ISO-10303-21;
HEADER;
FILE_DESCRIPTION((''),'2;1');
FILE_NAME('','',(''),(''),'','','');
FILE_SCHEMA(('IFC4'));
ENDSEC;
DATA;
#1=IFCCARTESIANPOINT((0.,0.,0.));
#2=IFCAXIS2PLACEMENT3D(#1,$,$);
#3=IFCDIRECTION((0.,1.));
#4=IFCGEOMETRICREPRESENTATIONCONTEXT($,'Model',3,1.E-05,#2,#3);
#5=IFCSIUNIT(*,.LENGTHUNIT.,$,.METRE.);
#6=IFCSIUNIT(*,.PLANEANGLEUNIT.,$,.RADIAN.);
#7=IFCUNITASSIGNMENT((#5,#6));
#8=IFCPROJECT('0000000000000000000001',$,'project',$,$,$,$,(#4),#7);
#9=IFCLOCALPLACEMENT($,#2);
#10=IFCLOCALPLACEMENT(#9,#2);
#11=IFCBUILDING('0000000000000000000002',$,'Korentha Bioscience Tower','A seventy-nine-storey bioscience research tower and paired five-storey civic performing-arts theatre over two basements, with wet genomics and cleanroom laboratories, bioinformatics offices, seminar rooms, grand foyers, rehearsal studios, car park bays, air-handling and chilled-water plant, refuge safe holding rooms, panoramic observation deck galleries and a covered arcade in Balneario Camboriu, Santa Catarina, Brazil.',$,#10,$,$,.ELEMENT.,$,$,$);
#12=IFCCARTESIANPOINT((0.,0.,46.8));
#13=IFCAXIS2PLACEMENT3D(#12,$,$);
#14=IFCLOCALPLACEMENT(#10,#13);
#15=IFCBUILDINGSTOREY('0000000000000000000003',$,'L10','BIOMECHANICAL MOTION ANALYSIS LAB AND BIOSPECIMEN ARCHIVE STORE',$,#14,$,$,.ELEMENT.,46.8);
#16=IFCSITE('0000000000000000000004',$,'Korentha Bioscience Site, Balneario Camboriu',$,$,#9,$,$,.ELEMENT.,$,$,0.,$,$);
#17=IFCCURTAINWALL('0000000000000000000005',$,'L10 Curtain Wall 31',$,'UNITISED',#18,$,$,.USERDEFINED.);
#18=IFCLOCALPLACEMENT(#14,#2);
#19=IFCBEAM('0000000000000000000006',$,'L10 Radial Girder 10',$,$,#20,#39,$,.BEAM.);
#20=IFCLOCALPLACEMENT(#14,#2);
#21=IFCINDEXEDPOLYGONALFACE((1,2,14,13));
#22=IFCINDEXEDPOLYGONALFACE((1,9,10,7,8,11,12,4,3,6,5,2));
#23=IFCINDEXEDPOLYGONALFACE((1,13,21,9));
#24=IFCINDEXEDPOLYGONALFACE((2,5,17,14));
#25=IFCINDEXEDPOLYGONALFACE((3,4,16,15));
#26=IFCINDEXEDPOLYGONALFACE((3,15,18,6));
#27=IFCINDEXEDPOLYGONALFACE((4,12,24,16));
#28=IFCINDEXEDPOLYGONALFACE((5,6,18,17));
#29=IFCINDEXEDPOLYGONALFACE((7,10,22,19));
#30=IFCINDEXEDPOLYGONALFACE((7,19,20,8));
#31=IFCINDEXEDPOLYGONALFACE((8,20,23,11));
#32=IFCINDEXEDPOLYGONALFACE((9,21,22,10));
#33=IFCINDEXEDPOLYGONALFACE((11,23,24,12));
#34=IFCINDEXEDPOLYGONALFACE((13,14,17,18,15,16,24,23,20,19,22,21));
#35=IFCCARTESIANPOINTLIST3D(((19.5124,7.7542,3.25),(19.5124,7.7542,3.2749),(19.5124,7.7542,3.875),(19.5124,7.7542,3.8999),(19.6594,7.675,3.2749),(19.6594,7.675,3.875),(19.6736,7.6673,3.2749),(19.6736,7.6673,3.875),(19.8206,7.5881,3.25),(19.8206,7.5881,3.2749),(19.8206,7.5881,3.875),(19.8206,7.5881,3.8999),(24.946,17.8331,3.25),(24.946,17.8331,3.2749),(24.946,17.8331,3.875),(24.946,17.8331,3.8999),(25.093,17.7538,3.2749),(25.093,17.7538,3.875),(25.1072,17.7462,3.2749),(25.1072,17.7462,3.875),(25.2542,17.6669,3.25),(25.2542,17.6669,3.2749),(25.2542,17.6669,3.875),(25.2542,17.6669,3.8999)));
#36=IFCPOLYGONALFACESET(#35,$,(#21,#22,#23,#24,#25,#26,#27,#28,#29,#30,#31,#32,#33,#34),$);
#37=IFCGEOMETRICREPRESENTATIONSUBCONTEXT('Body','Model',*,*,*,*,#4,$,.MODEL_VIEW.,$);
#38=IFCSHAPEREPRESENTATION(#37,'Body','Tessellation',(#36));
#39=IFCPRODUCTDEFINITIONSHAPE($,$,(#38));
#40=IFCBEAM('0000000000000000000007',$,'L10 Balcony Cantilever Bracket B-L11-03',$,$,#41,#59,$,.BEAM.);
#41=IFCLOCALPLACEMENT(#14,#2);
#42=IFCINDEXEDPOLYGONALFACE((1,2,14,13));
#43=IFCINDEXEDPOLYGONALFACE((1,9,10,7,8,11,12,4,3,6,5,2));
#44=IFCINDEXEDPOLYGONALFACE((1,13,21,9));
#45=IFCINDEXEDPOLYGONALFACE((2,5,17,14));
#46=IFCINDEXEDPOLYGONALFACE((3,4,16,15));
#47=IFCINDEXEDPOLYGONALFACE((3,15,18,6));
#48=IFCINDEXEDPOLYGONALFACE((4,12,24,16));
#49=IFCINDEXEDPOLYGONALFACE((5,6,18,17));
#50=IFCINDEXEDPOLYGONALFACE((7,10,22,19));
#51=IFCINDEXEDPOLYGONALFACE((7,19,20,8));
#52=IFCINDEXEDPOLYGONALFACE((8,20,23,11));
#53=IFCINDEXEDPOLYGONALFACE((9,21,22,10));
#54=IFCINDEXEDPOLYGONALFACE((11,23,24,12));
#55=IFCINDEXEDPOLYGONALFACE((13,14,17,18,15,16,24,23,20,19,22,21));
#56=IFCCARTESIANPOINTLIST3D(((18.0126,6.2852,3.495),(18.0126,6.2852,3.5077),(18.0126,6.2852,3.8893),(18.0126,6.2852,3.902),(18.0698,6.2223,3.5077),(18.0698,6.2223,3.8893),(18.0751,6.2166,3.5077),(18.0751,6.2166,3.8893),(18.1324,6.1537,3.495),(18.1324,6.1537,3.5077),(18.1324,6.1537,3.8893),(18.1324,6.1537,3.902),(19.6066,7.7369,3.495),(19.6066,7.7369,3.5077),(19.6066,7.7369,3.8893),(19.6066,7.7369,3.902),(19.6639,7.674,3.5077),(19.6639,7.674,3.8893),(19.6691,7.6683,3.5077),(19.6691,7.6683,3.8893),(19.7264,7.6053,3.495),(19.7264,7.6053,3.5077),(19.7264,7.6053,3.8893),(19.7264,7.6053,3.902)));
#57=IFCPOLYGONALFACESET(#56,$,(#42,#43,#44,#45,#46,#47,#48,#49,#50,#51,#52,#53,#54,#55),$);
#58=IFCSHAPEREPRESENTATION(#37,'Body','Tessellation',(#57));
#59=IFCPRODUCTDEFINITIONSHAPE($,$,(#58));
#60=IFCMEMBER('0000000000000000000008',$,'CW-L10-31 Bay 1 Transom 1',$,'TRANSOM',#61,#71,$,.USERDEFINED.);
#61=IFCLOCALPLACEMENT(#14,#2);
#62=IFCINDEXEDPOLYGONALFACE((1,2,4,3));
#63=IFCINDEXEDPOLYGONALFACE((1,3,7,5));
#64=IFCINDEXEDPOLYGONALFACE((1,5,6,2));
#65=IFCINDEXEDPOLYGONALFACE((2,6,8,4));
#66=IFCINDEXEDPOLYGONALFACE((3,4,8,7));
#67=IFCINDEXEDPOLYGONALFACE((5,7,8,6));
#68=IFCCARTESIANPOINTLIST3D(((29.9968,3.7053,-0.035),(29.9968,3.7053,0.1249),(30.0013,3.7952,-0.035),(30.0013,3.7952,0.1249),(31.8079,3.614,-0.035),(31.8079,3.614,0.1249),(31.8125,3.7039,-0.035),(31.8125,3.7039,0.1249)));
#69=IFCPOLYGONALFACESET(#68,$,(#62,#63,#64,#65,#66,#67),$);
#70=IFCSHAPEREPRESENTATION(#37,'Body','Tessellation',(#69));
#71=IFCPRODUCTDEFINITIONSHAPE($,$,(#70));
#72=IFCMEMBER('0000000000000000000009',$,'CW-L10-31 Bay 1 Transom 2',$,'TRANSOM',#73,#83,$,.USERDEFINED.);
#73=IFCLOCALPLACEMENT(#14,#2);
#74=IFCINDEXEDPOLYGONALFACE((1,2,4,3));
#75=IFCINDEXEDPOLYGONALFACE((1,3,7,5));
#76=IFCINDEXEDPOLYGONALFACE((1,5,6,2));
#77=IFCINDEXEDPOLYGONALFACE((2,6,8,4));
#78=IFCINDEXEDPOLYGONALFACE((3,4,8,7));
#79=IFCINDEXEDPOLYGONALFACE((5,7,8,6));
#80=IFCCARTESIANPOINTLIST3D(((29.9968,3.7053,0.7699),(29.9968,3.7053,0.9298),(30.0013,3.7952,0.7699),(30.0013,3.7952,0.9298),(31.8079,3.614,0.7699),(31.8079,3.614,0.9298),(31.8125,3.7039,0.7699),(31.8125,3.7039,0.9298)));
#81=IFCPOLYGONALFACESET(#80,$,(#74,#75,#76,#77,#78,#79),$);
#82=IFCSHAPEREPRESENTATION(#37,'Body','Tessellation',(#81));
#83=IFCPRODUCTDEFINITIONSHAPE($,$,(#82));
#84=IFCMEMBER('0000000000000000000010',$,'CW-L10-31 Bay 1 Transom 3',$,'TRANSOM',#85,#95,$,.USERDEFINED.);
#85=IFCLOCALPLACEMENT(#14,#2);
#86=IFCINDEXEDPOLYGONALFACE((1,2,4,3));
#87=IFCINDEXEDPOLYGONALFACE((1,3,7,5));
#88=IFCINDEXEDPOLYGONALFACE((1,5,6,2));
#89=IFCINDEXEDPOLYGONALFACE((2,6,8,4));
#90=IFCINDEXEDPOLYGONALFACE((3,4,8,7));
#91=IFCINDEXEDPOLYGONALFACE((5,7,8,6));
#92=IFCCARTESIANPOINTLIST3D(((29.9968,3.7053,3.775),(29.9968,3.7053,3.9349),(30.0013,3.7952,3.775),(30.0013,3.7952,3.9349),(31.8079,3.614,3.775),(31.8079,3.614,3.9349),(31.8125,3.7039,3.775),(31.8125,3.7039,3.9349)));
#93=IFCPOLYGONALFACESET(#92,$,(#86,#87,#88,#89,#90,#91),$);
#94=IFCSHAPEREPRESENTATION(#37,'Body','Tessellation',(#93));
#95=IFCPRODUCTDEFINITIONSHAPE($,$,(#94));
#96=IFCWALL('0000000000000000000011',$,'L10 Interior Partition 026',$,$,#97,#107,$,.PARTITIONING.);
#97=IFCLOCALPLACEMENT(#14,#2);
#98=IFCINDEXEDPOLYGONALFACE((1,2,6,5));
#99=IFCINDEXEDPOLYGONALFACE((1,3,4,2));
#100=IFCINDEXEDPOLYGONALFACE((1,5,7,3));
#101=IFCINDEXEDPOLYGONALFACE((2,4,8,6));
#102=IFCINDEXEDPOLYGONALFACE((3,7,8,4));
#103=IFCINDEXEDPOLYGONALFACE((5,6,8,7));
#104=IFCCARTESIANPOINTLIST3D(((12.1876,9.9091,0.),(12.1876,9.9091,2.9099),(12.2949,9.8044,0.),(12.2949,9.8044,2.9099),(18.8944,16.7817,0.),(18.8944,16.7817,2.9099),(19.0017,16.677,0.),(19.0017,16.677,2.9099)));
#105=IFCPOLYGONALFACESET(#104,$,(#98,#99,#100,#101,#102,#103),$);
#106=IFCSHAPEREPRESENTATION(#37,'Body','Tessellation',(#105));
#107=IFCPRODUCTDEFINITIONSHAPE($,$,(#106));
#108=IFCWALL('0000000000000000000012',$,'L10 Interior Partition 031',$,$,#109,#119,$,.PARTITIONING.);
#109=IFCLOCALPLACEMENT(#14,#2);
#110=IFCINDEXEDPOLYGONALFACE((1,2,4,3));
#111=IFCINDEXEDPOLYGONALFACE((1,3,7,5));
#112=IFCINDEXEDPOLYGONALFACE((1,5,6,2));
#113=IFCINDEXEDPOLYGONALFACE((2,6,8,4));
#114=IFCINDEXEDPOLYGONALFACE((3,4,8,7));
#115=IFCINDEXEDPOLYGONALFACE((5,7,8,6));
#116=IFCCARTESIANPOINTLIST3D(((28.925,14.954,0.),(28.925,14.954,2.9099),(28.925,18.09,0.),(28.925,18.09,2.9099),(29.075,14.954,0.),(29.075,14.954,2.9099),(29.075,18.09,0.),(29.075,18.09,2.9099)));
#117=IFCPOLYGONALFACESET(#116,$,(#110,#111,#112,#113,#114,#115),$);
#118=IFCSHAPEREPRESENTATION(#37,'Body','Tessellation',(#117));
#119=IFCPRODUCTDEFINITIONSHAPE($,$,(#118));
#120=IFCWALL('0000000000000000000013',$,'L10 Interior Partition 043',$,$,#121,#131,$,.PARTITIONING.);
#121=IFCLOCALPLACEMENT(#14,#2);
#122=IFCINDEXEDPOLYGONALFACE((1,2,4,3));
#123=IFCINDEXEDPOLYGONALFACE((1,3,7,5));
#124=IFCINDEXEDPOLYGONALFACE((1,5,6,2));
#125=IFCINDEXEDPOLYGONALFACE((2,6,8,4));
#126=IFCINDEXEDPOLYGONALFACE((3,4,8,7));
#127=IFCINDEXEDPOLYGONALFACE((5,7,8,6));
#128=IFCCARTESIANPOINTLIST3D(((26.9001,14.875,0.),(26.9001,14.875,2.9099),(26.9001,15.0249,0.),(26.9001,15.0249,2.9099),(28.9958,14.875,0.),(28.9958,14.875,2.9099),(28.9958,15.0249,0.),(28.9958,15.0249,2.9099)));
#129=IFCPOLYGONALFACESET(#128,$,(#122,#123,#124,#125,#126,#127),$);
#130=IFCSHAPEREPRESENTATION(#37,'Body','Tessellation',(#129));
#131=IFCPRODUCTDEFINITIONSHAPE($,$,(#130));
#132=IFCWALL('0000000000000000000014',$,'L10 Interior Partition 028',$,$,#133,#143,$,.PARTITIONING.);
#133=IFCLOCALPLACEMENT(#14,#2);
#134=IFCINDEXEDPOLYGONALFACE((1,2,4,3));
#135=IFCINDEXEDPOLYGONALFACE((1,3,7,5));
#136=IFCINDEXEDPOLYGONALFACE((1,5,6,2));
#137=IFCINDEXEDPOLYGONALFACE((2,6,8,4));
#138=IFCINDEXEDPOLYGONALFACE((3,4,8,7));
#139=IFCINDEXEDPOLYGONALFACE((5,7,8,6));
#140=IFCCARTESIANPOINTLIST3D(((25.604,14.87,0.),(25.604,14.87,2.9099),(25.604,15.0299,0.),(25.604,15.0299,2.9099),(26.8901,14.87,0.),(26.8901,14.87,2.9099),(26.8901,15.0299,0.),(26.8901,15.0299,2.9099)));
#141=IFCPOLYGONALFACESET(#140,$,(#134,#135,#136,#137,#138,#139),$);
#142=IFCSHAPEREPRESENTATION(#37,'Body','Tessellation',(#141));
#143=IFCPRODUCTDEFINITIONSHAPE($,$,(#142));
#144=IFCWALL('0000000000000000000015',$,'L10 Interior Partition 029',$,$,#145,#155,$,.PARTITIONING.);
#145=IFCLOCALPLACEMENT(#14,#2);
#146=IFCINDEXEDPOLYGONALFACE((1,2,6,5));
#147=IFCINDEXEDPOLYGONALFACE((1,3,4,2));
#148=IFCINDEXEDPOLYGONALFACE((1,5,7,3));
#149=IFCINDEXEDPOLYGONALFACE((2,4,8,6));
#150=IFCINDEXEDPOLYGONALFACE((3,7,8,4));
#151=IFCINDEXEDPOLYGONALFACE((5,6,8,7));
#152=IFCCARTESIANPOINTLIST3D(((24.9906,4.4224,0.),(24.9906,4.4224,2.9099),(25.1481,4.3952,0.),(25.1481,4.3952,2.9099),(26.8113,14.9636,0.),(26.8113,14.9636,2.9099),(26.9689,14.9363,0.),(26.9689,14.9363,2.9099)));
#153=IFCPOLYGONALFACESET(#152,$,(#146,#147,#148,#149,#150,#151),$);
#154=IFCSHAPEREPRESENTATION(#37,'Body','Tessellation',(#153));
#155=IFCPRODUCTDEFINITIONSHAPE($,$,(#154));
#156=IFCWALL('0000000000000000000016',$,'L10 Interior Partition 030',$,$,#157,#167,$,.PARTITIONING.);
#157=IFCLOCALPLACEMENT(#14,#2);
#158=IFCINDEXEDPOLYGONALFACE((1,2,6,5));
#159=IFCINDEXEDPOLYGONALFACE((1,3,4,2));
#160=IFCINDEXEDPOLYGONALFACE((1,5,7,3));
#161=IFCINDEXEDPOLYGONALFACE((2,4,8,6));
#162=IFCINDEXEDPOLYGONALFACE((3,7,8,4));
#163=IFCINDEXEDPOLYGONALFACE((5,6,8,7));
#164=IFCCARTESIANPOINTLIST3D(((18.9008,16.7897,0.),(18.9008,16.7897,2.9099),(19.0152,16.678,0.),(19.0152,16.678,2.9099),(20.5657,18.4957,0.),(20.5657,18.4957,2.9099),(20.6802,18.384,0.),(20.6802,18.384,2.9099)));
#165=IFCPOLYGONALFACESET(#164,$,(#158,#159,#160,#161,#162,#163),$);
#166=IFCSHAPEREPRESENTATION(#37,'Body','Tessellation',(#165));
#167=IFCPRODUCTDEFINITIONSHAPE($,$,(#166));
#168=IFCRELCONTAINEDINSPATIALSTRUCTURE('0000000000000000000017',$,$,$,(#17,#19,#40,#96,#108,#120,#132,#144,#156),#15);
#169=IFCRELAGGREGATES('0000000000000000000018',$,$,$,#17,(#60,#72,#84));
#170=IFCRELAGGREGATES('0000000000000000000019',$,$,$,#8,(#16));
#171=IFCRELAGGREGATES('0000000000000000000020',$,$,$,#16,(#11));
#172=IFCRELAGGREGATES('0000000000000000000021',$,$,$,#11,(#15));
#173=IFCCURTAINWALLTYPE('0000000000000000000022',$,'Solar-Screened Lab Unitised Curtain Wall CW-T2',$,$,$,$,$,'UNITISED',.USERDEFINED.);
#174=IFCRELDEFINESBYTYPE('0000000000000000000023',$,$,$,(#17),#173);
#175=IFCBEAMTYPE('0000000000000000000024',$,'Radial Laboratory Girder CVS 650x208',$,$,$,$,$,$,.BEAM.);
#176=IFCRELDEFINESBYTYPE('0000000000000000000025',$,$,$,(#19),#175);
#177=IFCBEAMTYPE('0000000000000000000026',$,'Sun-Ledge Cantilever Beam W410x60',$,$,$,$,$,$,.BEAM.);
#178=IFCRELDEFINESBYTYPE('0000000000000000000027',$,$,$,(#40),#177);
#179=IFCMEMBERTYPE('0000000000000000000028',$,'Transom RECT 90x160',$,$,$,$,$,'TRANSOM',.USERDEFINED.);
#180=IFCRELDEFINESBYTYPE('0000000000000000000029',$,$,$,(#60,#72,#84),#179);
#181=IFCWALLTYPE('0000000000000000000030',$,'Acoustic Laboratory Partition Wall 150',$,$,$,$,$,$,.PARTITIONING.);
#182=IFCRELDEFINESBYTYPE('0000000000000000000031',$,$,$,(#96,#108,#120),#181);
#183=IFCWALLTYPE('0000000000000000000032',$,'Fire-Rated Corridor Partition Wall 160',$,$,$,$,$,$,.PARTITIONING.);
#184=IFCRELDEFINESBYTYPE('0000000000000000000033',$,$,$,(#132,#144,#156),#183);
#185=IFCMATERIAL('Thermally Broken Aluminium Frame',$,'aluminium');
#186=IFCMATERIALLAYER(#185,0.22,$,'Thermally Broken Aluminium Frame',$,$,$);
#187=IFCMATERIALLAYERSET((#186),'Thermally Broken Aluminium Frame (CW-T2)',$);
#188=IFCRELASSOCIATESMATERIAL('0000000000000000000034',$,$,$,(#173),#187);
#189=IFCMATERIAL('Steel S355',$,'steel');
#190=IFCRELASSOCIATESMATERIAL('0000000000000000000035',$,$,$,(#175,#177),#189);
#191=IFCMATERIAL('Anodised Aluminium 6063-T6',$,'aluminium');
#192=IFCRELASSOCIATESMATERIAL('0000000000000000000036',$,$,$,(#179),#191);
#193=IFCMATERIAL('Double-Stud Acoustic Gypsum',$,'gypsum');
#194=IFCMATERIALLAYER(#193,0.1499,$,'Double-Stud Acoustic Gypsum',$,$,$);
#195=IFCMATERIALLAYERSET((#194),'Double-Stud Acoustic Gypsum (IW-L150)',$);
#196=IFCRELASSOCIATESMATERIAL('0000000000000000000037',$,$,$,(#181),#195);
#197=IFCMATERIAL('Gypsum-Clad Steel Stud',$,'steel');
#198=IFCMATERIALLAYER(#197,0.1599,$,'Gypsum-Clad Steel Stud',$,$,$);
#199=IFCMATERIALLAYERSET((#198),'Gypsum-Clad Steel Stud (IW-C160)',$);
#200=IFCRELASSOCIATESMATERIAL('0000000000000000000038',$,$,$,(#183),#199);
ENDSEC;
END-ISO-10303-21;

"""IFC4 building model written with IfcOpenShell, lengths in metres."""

from ifc_helpers import new_model, si_unit, direction, frame, frame_2d, origin, origin_2d, place, context, subcontext, project, spatial, rectangle, i_section, extrude, material, layer, layer_set, material_profile, profile_set, type_object, element, aggregate, save


model = new_model("IFC4")

# Units and contexts
model_context = context("Model", 3, precision=1e-05, world=origin(), true_north=direction((0.0, 1.0)))
body_context = subcontext(model_context, "Body", "Model", "MODEL_VIEW")
ifc_project = project(units=[si_unit("LENGTHUNIT", "METRE"), si_unit("PLANEANGLEUNIT", "RADIAN")], contexts=[model_context])

# Site, building, storey
site_placement = place(None, origin())
site = spatial("IfcSite", under=ifc_project, at=site_placement, Name="Korentha Bioscience Site, Balneario Camboriu", CompositionType="ELEMENT", RefElevation=0.0)
building_placement = place(site_placement, origin())
building = spatial("IfcBuilding", under=site, at=building_placement, Name="Korentha Bioscience Tower", Description="A seventy-nine-storey bioscience research tower and paired five-storey civic performing-arts theatre over two basements, with wet genomics and cleanroom laboratories, bioinformatics offices, seminar rooms, grand foyers, rehearsal studios, car park bays, air-handling and chilled-water plant, refuge safe holding rooms, panoramic observation deck galleries and a covered arcade in Balneario Camboriu, Santa Catarina, Brazil.", CompositionType="ELEMENT")
storey_placement = place(building_placement, frame((0.0, 0.0, 46.8)))
storey = spatial("IfcBuildingStorey", under=building, at=storey_placement, Name="L10", Description="BIOMECHANICAL MOTION ANALYSIS LAB AND BIOSPECIMEN ARCHIVE STORE", CompositionType="ELEMENT", Elevation=46.8)

# Curtain wall
ifc_material_1 = material(Name="Thermally Broken Aluminium Frame", Category="aluminium")
ifc_layer_1 = layer(ifc_material_1, 0.22, Name="Thermally Broken Aluminium Frame")
ifc_layer_set_1 = layer_set([ifc_layer_1], Name="Thermally Broken Aluminium Frame (CW-T2)")
curtain_wall_type = type_object("IfcCurtainWallType", Name="Solar-Screened Lab Unitised Curtain Wall CW-T2", ElementType="UNITISED", PredefinedType="USERDEFINED", material=ifc_layer_set_1)
curtain_wall_placement = place(storey_placement, origin())
curtain_wall = element("IfcCurtainWall", 1, at=curtain_wall_placement, inside=storey, type_object=curtain_wall_type, Name="L10 Curtain Wall 31", ObjectType="UNITISED", PredefinedType="USERDEFINED")
ifc_material_2 = material(Name="Anodised Aluminium 6063-T6", Category="aluminium")

# Beams
ifc_material_3 = material(Name="Steel S355", Category="steel")
ifc_material_profile_1 = material_profile(ifc_material_3, i_section(OverallWidth=0.3501, OverallDepth=0.6499, WebThickness=0.0161, FlangeThickness=0.0249, at=origin_2d()), Name="Steel S355")
ifc_profile_set_1 = profile_set([ifc_material_profile_1], Name="Steel S355 (RB-650)")
beam_type_1 = type_object("IfcBeamType", Name="Radial Laboratory Girder CVS 650x208", PredefinedType="BEAM", material=ifc_profile_set_1)
beam_1_placement = place(storey_placement, frame((25.1001, 17.75, 3.575), z_axis=(-0.474541, -0.880233, 0.0), x_axis=(0.880233, -0.474541, 0.0)))
element("IfcBeam", 2, at=beam_1_placement, inside=storey, type_object=beam_type_1, Name="L10 Radial Girder 10", PredefinedType="BEAM", context=body_context, shape_type="SweptSolid", body=[
    extrude(i_section(OverallWidth=0.3501, OverallDepth=0.6499, WebThickness=0.0161, FlangeThickness=0.0249, at=origin_2d()), origin(), (0.0, 0.0, 1.0), 11.4502),
])
ifc_material_profile_2 = material_profile(ifc_material_3, i_section(OverallWidth=0.178, OverallDepth=0.407, WebThickness=0.0078, FlangeThickness=0.0127, at=origin_2d()), Name="Steel S355")
ifc_profile_set_2 = profile_set([ifc_material_profile_2], Name="Steel S355 (CB-410)")
beam_type_2 = type_object("IfcBeamType", Name="Sun-Ledge Cantilever Beam W410x60", PredefinedType="BEAM", material=ifc_profile_set_2)
beam_2_placement = place(storey_placement, frame((19.6665, 7.6711, 3.6985), z_axis=(-0.739345, -0.673326, 0.0), x_axis=(0.673326, -0.739345, 0.0)))
element("IfcBeam", 3, at=beam_2_placement, inside=storey, type_object=beam_type_2, Name="L10 Balcony Cantilever Bracket B-L11-03", PredefinedType="BEAM", context=body_context, shape_type="SweptSolid", body=[
    extrude(i_section(OverallWidth=0.178, OverallDepth=0.407, WebThickness=0.0078, FlangeThickness=0.0127, at=origin_2d()), origin(), (0.0, 0.0, 1.0), 2.156),
])

# Members
ifc_material_profile_3 = material_profile(ifc_material_2, rectangle(XDim=0.0901, YDim=0.1599, at=origin_2d()), Name="Anodised Aluminium 6063-T6")
ifc_profile_set_3 = profile_set([ifc_material_profile_3], Name="Anodised Aluminium 6063-T6 (CW-TRN)")
member_type_1 = type_object("IfcMemberType", Name="Transom RECT 90x160", ElementType="TRANSOM", PredefinedType="USERDEFINED", material=ifc_profile_set_3)
member_1_placement = place(storey_placement, frame((29.999, 3.7502, 0.0449), z_axis=(0.998732, -0.050347, 0.0), x_axis=(0.050347, 0.998732, 0.0)))
member_1 = element("IfcMember", 4, at=member_1_placement, type_object=member_type_1, Name="CW-L10-31 Bay 1 Transom 1", ObjectType="TRANSOM", PredefinedType="USERDEFINED", context=body_context, shape_type="SweptSolid", body=[
    extrude(rectangle(XDim=0.0901, YDim=0.1599, at=origin_2d()), origin(), (0.0, 0.0, 1.0), 1.8135),
])
member_2_placement = place(storey_placement, frame((29.999, 3.7502, 0.8499), z_axis=(0.998732, -0.050347, 0.0), x_axis=(0.050347, 0.998732, 0.0)))
member_2 = element("IfcMember", 5, at=member_2_placement, type_object=member_type_1, Name="CW-L10-31 Bay 1 Transom 2", ObjectType="TRANSOM", PredefinedType="USERDEFINED", context=body_context, shape_type="SweptSolid", body=[
    extrude(rectangle(XDim=0.0901, YDim=0.1599, at=origin_2d()), origin(), (0.0, 0.0, 1.0), 1.8135),
])
member_3_placement = place(storey_placement, frame((29.999, 3.7502, 3.855), z_axis=(0.998732, -0.050347, 0.0), x_axis=(0.050347, 0.998732, 0.0)))
member_3 = element("IfcMember", 6, at=member_3_placement, type_object=member_type_1, Name="CW-L10-31 Bay 1 Transom 3", ObjectType="TRANSOM", PredefinedType="USERDEFINED", context=body_context, shape_type="SweptSolid", body=[
    extrude(rectangle(XDim=0.0901, YDim=0.1599, at=origin_2d()), origin(), (0.0, 0.0, 1.0), 1.8135),
])
aggregate(curtain_wall, [member_1, member_2, member_3])

# Walls
ifc_material_4 = material(Name="Double-Stud Acoustic Gypsum", Category="gypsum")
ifc_layer_2 = layer(ifc_material_4, 0.1499, Name="Double-Stud Acoustic Gypsum")
ifc_layer_set_2 = layer_set([ifc_layer_2], Name="Double-Stud Acoustic Gypsum (IW-L150)")
wall_type_1 = type_object("IfcWallType", Name="Acoustic Laboratory Partition Wall 150", PredefinedType="PARTITIONING", material=ifc_layer_set_2)
wall_1_placement = place(storey_placement, frame((18.948, 16.7292, 0.0), z_axis=(0.0, 0.0, 1.0), x_axis=(-0.698423, -0.715686, 0.0)))
element("IfcWall", 7, at=wall_1_placement, inside=storey, type_object=wall_type_1, Name="L10 Interior Partition 026", PredefinedType="PARTITIONING", context=body_context, shape_type="SweptSolid", body=[
    extrude(rectangle(XDim=9.6028, YDim=0.1499, at=frame_2d((4.8013, 0.0))), origin(), (0.0, 0.0, 1.0), 2.9099),
])
wall_2_placement = place(storey_placement, frame((29.0, 14.9541, 0.0), z_axis=(0.0, 0.0, 1.0), x_axis=(0.0, 1.0, 0.0)))
element("IfcWall", 8, at=wall_2_placement, inside=storey, type_object=wall_type_1, Name="L10 Interior Partition 031", PredefinedType="PARTITIONING", context=body_context, shape_type="SweptSolid", body=[
    extrude(rectangle(XDim=3.136, YDim=0.1499, at=frame_2d((1.5679, 0.0))), origin(), (0.0, 0.0, 1.0), 2.9099),
])
wall_3_placement = place(storey_placement, frame((26.9001, 14.95, 0.0), z_axis=(0.0, 0.0, 1.0), x_axis=(1.0, 0.0, 0.0)))
element("IfcWall", 9, at=wall_3_placement, inside=storey, type_object=wall_type_1, Name="L10 Interior Partition 043", PredefinedType="PARTITIONING", context=body_context, shape_type="SweptSolid", body=[
    extrude(rectangle(XDim=2.0957, YDim=0.1499, at=frame_2d((1.0479, 0.0))), origin(), (0.0, 0.0, 1.0), 2.9099),
])
ifc_material_5 = material(Name="Gypsum-Clad Steel Stud", Category="steel")
ifc_layer_3 = layer(ifc_material_5, 0.1599, Name="Gypsum-Clad Steel Stud")
ifc_layer_set_3 = layer_set([ifc_layer_3], Name="Gypsum-Clad Steel Stud (IW-C160)")
wall_type_2 = type_object("IfcWallType", Name="Fire-Rated Corridor Partition Wall 160", PredefinedType="PARTITIONING", material=ifc_layer_set_3)
wall_4_placement = place(storey_placement, frame((25.604, 14.95, 0.0), z_axis=(0.0, 0.0, 1.0), x_axis=(1.0, 0.0, 0.0)))
element("IfcWall", 10, at=wall_4_placement, inside=storey, type_object=wall_type_2, Name="L10 Interior Partition 028", PredefinedType="PARTITIONING", context=body_context, shape_type="SweptSolid", body=[
    extrude(rectangle(XDim=1.2861, YDim=0.1599, at=frame_2d((0.6431, 0.0))), origin(), (0.0, 0.0, 1.0), 2.9099),
])
wall_5_placement = place(storey_placement, frame((26.8901, 14.95, 0.0), z_axis=(0.0, 0.0, 1.0), x_axis=(-0.17021, -0.985408, 0.0)))
element("IfcWall", 11, at=wall_5_placement, inside=storey, type_object=wall_type_2, Name="L10 Interior Partition 029", PredefinedType="PARTITIONING", context=body_context, shape_type="SweptSolid", body=[
    extrude(rectangle(XDim=10.6973, YDim=0.1599, at=frame_2d((5.3486, 0.0))), origin(), (0.0, 0.0, 1.0), 2.9099),
])
wall_6_placement = place(storey_placement, frame((18.958, 16.7339, 0.0), z_axis=(0.0, 0.0, 1.0), x_axis=(0.698452, 0.715657, 0.0)))
element("IfcWall", 12, at=wall_6_placement, inside=storey, type_object=wall_type_2, Name="L10 Interior Partition 030", PredefinedType="PARTITIONING", context=body_context, shape_type="SweptSolid", body=[
    extrude(rectangle(XDim=2.3838, YDim=0.1599, at=frame_2d((1.1919, 0.0))), origin(), (0.0, 0.0, 1.0), 2.9099),
])

save(model, "model.ifc")
